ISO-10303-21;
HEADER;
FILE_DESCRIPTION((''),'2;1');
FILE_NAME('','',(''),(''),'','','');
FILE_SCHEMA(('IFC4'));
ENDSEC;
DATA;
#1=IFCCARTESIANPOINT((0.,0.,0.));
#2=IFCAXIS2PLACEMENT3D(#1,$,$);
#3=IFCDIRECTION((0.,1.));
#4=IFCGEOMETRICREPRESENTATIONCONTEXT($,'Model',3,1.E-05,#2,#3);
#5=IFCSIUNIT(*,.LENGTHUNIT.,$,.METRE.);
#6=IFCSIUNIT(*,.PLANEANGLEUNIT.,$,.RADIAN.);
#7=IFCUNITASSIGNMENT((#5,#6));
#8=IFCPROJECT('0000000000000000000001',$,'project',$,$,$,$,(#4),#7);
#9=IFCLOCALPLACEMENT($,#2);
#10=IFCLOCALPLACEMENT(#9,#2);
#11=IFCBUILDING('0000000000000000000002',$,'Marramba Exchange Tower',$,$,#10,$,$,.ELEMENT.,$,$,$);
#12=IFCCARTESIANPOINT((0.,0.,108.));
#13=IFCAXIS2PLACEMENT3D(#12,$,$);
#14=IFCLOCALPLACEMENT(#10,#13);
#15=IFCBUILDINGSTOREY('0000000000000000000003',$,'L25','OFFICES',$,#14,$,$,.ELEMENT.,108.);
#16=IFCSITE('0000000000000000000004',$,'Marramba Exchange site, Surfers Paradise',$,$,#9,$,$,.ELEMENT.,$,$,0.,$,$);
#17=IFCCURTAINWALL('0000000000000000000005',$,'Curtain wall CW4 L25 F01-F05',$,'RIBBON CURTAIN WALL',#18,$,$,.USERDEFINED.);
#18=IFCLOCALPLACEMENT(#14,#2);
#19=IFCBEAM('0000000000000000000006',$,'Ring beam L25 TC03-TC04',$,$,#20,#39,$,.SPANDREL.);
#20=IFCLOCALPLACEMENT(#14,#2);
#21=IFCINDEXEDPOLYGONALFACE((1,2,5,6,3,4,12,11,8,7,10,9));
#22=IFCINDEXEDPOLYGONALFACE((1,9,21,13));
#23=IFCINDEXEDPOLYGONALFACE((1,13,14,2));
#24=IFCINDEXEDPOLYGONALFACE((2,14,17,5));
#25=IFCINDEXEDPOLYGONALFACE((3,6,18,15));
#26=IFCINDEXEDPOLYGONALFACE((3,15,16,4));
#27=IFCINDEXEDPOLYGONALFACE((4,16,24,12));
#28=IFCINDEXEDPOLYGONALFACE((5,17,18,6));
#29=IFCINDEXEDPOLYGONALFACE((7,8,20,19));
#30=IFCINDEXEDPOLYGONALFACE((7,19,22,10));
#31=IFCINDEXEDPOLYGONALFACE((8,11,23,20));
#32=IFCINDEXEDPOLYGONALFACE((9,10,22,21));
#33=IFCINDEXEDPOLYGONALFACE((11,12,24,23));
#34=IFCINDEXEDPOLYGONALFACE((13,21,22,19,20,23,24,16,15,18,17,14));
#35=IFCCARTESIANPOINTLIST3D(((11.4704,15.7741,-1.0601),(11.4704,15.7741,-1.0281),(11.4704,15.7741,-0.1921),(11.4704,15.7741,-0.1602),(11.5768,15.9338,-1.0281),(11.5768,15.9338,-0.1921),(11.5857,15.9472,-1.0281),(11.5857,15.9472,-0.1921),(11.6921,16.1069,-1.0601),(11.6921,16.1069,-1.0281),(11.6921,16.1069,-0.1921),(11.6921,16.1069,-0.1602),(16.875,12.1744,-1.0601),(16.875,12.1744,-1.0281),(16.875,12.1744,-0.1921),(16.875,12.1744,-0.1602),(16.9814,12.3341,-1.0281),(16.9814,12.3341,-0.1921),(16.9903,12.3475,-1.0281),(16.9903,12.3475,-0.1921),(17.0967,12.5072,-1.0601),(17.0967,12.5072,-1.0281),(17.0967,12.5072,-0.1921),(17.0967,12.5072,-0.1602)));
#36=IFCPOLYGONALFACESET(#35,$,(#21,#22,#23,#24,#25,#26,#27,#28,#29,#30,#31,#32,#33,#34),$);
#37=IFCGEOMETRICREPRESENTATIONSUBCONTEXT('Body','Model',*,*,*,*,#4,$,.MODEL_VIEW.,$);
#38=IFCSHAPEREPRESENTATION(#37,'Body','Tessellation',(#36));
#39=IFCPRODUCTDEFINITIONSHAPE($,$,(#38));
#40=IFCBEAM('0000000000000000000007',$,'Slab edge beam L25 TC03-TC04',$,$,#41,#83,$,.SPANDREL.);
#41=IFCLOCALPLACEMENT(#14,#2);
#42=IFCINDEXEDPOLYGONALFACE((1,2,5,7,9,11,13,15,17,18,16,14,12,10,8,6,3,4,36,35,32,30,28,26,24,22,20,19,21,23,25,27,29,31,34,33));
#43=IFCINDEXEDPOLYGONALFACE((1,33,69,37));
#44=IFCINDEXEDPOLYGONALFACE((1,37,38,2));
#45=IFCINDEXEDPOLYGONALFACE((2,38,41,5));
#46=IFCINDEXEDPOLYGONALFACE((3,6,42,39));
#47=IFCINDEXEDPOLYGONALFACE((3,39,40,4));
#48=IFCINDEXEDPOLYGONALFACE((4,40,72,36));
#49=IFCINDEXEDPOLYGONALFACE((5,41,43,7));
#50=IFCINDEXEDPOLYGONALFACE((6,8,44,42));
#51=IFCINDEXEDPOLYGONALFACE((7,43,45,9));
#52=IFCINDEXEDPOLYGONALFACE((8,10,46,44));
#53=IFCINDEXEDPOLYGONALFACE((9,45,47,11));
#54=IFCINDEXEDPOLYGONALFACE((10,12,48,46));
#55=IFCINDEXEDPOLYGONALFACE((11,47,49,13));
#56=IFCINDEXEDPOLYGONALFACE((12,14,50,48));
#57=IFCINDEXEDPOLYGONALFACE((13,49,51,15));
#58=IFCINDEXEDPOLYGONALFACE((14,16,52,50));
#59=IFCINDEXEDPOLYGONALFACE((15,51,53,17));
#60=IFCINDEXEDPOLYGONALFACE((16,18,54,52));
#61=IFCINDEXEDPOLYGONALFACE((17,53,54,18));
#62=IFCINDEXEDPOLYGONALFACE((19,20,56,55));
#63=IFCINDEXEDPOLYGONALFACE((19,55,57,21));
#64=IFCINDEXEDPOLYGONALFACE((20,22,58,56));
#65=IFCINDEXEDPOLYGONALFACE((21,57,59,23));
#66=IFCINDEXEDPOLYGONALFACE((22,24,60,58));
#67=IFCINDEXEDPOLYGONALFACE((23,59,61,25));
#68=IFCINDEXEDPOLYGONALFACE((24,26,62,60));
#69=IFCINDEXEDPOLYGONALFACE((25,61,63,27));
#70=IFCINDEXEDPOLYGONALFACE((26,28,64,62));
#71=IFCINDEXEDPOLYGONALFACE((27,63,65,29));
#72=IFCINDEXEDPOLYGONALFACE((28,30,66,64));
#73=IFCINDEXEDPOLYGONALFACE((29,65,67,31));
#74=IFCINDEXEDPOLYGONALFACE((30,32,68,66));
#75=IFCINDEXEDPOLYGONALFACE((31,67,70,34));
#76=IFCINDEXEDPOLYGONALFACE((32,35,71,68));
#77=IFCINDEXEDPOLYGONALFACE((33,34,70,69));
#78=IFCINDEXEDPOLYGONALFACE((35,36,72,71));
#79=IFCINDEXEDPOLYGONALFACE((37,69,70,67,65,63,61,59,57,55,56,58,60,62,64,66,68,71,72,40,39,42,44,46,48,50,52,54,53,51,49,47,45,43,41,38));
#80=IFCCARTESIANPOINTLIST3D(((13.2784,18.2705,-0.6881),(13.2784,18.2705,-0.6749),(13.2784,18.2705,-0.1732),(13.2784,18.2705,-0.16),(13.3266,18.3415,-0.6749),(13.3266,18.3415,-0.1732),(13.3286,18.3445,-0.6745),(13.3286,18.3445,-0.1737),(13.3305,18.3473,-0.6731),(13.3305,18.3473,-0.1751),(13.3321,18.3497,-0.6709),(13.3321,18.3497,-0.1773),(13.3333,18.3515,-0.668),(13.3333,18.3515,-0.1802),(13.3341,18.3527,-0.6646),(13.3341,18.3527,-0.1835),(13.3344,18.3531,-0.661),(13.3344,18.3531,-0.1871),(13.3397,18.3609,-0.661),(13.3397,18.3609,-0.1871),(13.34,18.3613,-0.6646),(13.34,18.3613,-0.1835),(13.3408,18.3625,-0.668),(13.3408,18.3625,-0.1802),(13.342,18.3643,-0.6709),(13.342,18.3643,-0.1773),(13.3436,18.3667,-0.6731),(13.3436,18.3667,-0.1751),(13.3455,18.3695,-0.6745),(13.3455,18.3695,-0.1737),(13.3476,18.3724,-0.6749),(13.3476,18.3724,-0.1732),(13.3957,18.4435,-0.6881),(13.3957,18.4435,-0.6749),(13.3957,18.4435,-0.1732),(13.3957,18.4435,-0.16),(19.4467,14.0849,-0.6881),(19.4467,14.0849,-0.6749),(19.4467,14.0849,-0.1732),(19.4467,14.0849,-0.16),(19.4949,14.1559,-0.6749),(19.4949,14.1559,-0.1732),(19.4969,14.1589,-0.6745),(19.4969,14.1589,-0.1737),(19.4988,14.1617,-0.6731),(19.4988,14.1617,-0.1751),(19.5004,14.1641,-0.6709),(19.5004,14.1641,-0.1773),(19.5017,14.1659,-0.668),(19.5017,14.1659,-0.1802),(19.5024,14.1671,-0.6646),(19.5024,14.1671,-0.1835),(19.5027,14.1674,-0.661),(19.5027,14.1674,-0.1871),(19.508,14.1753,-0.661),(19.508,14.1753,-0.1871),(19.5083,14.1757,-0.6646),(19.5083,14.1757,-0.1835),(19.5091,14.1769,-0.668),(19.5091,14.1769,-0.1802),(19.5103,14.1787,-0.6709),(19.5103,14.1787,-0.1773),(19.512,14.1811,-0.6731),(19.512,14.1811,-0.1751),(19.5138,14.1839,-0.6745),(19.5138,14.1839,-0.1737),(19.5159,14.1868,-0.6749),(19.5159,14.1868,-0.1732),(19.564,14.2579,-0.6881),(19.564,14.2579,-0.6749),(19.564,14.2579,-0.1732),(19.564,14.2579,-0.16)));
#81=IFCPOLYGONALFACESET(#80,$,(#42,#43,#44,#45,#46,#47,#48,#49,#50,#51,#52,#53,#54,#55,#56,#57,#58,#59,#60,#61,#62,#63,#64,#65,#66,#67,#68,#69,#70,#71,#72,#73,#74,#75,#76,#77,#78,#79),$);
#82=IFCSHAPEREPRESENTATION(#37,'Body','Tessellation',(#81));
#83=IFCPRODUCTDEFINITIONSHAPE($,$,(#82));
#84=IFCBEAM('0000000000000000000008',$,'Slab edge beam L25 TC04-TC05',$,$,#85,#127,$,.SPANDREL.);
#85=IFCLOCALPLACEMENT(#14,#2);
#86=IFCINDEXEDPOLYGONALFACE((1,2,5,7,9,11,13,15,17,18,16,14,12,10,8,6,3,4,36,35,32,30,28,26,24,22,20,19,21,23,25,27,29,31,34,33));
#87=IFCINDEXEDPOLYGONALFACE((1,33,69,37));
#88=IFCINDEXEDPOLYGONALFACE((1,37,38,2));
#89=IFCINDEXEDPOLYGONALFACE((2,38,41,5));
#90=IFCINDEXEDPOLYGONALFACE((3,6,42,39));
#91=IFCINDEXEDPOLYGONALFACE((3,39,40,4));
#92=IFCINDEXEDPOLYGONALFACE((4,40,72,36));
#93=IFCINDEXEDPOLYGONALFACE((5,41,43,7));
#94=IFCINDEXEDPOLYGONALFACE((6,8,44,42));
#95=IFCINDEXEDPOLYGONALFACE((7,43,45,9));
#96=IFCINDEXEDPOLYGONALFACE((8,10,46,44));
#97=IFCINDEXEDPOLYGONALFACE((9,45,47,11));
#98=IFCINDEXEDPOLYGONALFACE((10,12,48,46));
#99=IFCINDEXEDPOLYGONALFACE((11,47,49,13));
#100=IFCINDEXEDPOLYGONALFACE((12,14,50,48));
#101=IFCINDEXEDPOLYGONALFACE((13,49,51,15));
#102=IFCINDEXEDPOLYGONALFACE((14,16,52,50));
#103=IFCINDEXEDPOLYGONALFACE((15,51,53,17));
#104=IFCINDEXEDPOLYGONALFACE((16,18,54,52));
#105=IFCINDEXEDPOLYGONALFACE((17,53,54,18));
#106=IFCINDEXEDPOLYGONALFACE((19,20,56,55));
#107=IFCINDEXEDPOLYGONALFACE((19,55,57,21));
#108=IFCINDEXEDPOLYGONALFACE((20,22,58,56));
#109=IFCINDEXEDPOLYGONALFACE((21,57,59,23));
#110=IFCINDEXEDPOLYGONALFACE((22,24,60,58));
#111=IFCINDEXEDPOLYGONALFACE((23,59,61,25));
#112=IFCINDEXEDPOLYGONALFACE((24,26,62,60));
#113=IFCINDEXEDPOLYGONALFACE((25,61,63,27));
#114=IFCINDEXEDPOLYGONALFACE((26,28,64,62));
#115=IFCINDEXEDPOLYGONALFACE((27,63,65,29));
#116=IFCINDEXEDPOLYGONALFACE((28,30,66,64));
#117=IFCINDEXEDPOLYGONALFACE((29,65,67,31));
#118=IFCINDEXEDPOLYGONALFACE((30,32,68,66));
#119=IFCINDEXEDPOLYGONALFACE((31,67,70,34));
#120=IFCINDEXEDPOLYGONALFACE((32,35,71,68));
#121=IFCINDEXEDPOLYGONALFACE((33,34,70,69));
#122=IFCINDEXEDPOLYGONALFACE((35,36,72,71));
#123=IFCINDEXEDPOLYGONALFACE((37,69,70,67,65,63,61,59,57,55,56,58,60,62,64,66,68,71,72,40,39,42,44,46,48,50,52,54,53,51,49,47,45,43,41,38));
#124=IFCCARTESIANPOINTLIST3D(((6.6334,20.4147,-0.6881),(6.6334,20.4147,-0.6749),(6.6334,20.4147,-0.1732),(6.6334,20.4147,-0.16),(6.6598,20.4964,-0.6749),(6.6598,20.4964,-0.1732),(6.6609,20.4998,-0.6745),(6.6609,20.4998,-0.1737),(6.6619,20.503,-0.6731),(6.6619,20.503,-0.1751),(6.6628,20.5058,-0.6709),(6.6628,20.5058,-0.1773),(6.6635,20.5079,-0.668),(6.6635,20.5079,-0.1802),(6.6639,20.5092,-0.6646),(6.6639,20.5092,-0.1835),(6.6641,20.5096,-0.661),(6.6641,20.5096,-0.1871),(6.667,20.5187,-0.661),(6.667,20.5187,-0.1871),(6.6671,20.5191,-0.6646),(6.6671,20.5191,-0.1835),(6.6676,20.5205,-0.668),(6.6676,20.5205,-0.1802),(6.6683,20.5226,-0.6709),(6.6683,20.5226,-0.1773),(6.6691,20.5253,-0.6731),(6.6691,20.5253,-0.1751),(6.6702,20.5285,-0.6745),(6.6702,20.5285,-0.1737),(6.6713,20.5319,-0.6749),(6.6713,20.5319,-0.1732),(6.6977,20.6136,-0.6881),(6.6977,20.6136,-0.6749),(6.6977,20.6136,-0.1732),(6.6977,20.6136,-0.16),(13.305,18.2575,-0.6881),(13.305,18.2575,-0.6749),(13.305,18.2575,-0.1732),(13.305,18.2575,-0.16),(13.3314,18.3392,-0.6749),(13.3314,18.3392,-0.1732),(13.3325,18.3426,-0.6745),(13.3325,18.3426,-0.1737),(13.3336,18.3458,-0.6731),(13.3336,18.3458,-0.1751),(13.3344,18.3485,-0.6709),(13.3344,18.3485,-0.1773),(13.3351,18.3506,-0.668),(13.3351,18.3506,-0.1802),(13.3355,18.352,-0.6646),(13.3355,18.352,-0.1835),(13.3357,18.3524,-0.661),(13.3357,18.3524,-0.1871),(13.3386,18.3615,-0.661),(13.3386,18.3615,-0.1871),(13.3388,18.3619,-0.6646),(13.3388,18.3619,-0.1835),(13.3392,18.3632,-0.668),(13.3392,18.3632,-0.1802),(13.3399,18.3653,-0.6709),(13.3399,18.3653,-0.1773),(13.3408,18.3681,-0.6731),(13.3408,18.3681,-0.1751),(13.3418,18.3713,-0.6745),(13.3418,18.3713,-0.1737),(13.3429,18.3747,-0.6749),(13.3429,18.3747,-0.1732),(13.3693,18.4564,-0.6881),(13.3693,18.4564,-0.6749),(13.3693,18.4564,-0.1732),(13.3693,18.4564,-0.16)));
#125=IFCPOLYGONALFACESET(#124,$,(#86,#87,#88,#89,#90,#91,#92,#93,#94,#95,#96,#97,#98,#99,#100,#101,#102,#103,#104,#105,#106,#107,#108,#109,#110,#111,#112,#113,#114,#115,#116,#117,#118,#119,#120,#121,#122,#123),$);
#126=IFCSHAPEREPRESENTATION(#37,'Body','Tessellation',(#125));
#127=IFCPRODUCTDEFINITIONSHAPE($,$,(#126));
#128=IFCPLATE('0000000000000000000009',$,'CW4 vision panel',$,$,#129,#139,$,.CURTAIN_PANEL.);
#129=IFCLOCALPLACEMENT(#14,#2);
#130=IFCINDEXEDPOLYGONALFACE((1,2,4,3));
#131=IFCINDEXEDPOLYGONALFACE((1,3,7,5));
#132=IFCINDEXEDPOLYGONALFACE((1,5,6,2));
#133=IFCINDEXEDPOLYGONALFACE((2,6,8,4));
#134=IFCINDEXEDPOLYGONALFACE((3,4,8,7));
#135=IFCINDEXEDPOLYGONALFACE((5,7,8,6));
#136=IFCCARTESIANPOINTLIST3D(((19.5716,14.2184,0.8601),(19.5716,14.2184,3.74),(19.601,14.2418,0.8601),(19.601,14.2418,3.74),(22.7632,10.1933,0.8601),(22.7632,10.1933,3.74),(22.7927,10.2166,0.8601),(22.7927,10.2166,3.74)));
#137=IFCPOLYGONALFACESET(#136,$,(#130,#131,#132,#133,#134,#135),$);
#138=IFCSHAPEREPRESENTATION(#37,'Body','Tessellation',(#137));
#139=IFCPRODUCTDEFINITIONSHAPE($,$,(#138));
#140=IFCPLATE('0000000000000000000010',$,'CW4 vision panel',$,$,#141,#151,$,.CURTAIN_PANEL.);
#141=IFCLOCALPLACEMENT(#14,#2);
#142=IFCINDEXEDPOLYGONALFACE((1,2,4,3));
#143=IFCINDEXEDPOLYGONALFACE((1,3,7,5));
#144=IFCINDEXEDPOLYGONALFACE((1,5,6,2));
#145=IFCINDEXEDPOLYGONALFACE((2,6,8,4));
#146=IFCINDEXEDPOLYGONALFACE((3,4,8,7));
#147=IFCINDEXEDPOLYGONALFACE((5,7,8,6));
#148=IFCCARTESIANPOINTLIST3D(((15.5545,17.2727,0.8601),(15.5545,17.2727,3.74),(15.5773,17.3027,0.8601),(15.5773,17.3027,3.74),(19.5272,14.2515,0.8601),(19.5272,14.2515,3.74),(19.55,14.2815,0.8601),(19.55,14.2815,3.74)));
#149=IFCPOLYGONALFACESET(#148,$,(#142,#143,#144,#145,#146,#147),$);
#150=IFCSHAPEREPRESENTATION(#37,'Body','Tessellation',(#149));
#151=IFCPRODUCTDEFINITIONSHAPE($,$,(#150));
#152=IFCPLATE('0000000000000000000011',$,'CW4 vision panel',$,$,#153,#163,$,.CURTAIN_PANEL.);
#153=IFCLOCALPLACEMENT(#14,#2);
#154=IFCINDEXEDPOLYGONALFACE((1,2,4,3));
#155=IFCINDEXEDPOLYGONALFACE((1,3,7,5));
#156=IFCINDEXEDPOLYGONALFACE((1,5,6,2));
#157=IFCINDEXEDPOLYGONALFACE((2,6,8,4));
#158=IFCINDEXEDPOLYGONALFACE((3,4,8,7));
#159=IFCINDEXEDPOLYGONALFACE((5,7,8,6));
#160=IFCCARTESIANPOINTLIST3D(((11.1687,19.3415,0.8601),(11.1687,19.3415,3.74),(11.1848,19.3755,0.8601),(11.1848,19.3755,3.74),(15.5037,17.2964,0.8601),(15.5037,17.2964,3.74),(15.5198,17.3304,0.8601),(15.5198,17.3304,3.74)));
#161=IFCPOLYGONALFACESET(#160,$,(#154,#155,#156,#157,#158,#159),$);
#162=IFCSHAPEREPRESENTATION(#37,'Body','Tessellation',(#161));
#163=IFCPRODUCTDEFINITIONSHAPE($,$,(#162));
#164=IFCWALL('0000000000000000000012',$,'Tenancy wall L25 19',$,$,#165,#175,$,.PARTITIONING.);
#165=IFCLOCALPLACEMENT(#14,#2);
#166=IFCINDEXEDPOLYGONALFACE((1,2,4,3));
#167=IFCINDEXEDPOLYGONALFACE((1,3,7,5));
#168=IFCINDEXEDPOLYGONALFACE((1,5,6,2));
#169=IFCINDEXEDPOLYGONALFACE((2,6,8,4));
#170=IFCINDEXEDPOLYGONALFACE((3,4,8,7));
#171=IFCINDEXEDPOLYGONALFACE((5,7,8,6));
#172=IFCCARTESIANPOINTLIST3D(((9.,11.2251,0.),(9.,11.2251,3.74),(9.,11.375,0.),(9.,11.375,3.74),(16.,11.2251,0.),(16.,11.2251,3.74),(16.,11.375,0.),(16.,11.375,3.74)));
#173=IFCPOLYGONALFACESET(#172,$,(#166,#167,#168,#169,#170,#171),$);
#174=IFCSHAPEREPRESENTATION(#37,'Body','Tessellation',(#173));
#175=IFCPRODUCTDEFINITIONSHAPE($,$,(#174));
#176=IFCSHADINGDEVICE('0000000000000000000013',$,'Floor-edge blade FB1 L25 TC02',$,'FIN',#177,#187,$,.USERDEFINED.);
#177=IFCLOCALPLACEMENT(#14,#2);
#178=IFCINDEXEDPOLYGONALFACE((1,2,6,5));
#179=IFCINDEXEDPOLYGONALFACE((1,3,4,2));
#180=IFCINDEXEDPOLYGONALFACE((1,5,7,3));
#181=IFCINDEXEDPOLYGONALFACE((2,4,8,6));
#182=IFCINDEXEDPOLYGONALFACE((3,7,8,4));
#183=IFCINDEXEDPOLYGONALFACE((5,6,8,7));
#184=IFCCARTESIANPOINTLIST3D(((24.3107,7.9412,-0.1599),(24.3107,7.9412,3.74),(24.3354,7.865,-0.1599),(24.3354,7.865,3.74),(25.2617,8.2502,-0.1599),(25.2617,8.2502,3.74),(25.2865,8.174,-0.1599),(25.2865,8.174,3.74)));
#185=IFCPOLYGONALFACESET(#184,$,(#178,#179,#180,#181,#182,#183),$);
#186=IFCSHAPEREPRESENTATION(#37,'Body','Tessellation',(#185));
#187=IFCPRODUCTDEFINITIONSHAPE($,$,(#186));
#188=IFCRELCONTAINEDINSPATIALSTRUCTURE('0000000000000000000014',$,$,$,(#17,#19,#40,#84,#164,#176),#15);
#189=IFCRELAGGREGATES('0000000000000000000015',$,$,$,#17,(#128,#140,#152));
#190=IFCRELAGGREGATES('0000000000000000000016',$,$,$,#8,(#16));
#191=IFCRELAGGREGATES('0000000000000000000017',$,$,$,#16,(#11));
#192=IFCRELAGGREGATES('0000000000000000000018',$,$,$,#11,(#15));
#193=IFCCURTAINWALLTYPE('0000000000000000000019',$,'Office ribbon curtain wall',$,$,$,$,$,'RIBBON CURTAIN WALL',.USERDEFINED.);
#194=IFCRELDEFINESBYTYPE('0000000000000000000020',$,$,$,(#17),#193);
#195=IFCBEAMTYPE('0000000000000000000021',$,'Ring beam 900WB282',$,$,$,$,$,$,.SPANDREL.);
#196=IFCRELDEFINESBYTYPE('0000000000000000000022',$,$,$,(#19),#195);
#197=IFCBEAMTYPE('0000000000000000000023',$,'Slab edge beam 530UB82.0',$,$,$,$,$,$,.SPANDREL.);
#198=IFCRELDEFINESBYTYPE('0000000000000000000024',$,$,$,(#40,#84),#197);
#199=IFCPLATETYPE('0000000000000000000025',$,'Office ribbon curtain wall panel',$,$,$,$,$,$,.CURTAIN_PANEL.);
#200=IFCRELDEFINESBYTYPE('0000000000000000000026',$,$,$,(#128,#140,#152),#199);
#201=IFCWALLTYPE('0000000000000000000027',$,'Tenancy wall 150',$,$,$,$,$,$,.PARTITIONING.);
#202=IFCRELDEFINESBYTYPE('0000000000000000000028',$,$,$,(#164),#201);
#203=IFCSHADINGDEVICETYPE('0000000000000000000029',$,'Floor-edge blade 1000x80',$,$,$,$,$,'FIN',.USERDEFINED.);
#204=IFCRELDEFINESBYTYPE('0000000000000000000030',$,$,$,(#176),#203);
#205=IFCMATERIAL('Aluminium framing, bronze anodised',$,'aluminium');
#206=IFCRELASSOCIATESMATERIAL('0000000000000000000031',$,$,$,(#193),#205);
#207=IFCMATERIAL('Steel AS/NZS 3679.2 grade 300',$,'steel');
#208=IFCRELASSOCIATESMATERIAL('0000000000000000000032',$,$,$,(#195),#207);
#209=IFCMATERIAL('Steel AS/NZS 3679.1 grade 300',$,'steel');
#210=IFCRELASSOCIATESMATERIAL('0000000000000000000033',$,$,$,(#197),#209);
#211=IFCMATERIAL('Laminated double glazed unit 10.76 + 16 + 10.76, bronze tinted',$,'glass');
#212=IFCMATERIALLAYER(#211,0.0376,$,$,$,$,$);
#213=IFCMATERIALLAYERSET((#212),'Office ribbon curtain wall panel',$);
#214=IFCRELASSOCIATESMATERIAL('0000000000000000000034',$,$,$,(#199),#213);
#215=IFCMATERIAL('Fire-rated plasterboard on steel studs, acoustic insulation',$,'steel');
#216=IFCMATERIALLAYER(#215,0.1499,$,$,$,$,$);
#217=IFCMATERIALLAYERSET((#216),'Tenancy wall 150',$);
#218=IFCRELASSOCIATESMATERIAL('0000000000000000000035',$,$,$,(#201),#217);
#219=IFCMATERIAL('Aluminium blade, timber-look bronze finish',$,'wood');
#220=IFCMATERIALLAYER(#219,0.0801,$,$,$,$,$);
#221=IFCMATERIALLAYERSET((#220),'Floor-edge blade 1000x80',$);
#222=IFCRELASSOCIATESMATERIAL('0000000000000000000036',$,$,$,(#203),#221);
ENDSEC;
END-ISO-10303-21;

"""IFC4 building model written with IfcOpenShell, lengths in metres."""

from ifc_helpers import new_model, si_unit, direction, frame, frame_2d, origin, origin_2d, place, context, subcontext, project, spatial, rectangle, i_section, extrude, material, layer, layer_set, material_profile, profile_set, type_object, element, aggregate, save


model = new_model("IFC4")

# Units and contexts
model_context = context("Model", 3, precision=1e-05, world=origin(), true_north=direction((0.0, 1.0)))
body_context = subcontext(model_context, "Body", "Model", "MODEL_VIEW")
ifc_project = project(units=[si_unit("LENGTHUNIT", "METRE"), si_unit("PLANEANGLEUNIT", "RADIAN")], contexts=[model_context])

# Site, building, storey
site_placement = place(None, origin())
site = spatial("IfcSite", under=ifc_project, at=site_placement, Name="Marramba Exchange site, Surfers Paradise", CompositionType="ELEMENT", RefElevation=0.0)
building_placement = place(site_placement, origin())
building = spatial("IfcBuilding", under=site, at=building_placement, Name="Marramba Exchange Tower", CompositionType="ELEMENT")
storey_placement = place(building_placement, frame((0.0, 0.0, 108.0)))
storey = spatial("IfcBuildingStorey", under=building, at=storey_placement, Name="L25", Description="OFFICES", CompositionType="ELEMENT", Elevation=108.0)

# Shared definitions
ifc_material_1 = material(Name="Steel AS/NZS 3679.2 grade 300", Category="steel")
ifc_material_2 = material(Name="Steel AS/NZS 3679.1 grade 300", Category="steel")

# Curtain wall
ifc_material_3 = material(Name="Aluminium framing, bronze anodised", Category="aluminium")
curtain_wall_type = type_object("IfcCurtainWallType", Name="Office ribbon curtain wall", ElementType="RIBBON CURTAIN WALL", PredefinedType="USERDEFINED", material=ifc_material_3)
curtain_wall_placement = place(storey_placement, origin())
curtain_wall = element("IfcCurtainWall", 1, at=curtain_wall_placement, inside=storey, type_object=curtain_wall_type, Name="Curtain wall CW4 L25 F01-F05", ObjectType="RIBBON CURTAIN WALL", PredefinedType="USERDEFINED")

# Beams
ifc_material_profile_1 = material_profile(ifc_material_1, i_section(OverallWidth=0.3999, OverallDepth=0.8999, WebThickness=0.0161, FlangeThickness=0.032, at=origin_2d()), Name="900WB282")
ifc_profile_set_1 = profile_set([ifc_material_profile_1], Name="Steel AS/NZS 3679.2 grade 300")
beam_type_1 = type_object("IfcBeamType", Name="Ring beam 900WB282", PredefinedType="SPANDREL", material=ifc_profile_set_1)
beam_1_placement = place(storey_placement, frame((16.9858, 12.3408, -0.6101), z_axis=(-0.832293, 0.554336, 0.0), x_axis=(-0.554336, -0.832293, 0.0)))
element("IfcBeam", 2, at=beam_1_placement, inside=storey, type_object=beam_type_1, Name="Ring beam L25 TC03-TC04", PredefinedType="SPANDREL", context=body_context, shape_type="SweptSolid", body=[
    extrude(i_section(OverallWidth=0.3999, OverallDepth=0.8999, WebThickness=0.0161, FlangeThickness=0.032, at=origin_2d()), origin(), (0.0, 0.0, 1.0), 6.4937),
])
ifc_material_profile_2 = material_profile(ifc_material_2, i_section(OverallWidth=0.209, OverallDepth=0.5281, WebThickness=0.0095, FlangeThickness=0.0132, FilletRadius=0.0139, at=origin_2d()), Name="530UB82.0")
ifc_profile_set_2 = profile_set([ifc_material_profile_2], Name="Steel AS/NZS 3679.1 grade 300")
beam_type_2 = type_object("IfcBeamType", Name="Slab edge beam 530UB82.0", PredefinedType="SPANDREL", material=ifc_profile_set_2)
beam_2_placement = place(storey_placement, frame((19.5054, 14.1714, -0.4241), z_axis=(-0.827477, 0.561499, 0.0), x_axis=(-0.561499, -0.827477, 0.0)))
element("IfcBeam", 3, at=beam_2_placement, inside=storey, type_object=beam_type_2, Name="Slab edge beam L25 TC03-TC04", PredefinedType="SPANDREL", context=body_context, shape_type="SweptSolid", body=[
    extrude(i_section(OverallWidth=0.209, OverallDepth=0.5281, WebThickness=0.0095, FlangeThickness=0.0132, FilletRadius=0.0139, at=origin_2d()), origin(), (0.0, 0.0, 1.0), 7.4543),
])
beam_3_placement = place(storey_placement, frame((13.3372, 18.3569, -0.4241), z_axis=(-0.951496, 0.30766, 0.0), x_axis=(-0.30766, -0.951496, 0.0)))
element("IfcBeam", 4, at=beam_3_placement, inside=storey, type_object=beam_type_2, Name="Slab edge beam L25 TC04-TC05", PredefinedType="SPANDREL", context=body_context, shape_type="SweptSolid", body=[
    extrude(i_section(OverallWidth=0.209, OverallDepth=0.5281, WebThickness=0.0095, FlangeThickness=0.0132, FilletRadius=0.0139, at=origin_2d()), origin(), (0.0, 0.0, 1.0), 7.0117),
])

# Plates
ifc_material_4 = material(Name="Laminated double glazed unit 10.76 + 16 + 10.76, bronze tinted", Category="glass")
ifc_layer_1 = layer(ifc_material_4, 0.0376)
ifc_layer_set_1 = layer_set([ifc_layer_1], Name="Office ribbon curtain wall panel")
plate_type = type_object("IfcPlateType", Name="Office ribbon curtain wall panel", PredefinedType="CURTAIN_PANEL", material=ifc_layer_set_1)
plate_1_placement = place(storey_placement, frame((21.1821, 12.2175, 0.8601), z_axis=(0.0, 0.0, 1.0), x_axis=(-0.621312, 0.783563, 0.0)))
plate_1 = element("IfcPlate", 5, at=plate_1_placement, type_object=plate_type, Name="CW4 vision panel", PredefinedType="CURTAIN_PANEL", context=body_context, shape_type="SweptSolid", body=[
    extrude(rectangle(XDim=5.137, YDim=0.0376, at=origin_2d()), origin(), (0.0, 0.0, 1.0), 2.8799),
])
plate_2_placement = place(storey_placement, frame((17.5522, 15.7771, 0.8601), z_axis=(0.0, 0.0, 1.0), x_axis=(-0.795972, 0.605334, 0.0)))
plate_2 = element("IfcPlate", 6, at=plate_2_placement, type_object=plate_type, Name="CW4 vision panel", PredefinedType="CURTAIN_PANEL", context=body_context, shape_type="SweptSolid", body=[
    extrude(rectangle(XDim=4.991, YDim=0.0376, at=origin_2d()), origin(), (0.0, 0.0, 1.0), 2.8799),
])
plate_3_placement = place(storey_placement, frame((13.3442, 18.3359, 0.8601), z_axis=(0.0, 0.0, 1.0), x_axis=(-0.904403, 0.426679, 0.0)))
plate_3 = element("IfcPlate", 7, at=plate_3_placement, type_object=plate_type, Name="CW4 vision panel", PredefinedType="CURTAIN_PANEL", context=body_context, shape_type="SweptSolid", body=[
    extrude(rectangle(XDim=4.7932, YDim=0.0376, at=origin_2d()), origin(), (0.0, 0.0, 1.0), 2.8799),
])
aggregate(curtain_wall, [plate_1, plate_2, plate_3])

# Wall
ifc_material_5 = material(Name="Fire-rated plasterboard on steel studs, acoustic insulation", Category="steel")
ifc_layer_2 = layer(ifc_material_5, 0.1499)
ifc_layer_set_2 = layer_set([ifc_layer_2], Name="Tenancy wall 150")
wall_type = type_object("IfcWallType", Name="Tenancy wall 150", PredefinedType="PARTITIONING", material=ifc_layer_set_2)
wall_placement = place(storey_placement, frame((16.0, 11.3, 0.0), z_axis=(0.0, 0.0, 1.0), x_axis=(-1.0, 0.0, 0.0)))
element("IfcWall", 8, at=wall_placement, inside=storey, type_object=wall_type, Name="Tenancy wall L25 19", PredefinedType="PARTITIONING", context=body_context, shape_type="SweptSolid", body=[
    extrude(rectangle(XDim=7.0, YDim=0.1499, at=frame_2d((3.5, 0.0))), origin(), (0.0, 0.0, 1.0), 3.74),
])

# Shading device
ifc_material_6 = material(Name="Aluminium blade, timber-look bronze finish", Category="wood")
ifc_layer_3 = layer(ifc_material_6, 0.0801)
ifc_layer_set_3 = layer_set([ifc_layer_3], Name="Floor-edge blade 1000x80")
shading_device_type_1 = type_object("IfcShadingDeviceType", Name="Floor-edge blade 1000x80", ElementType="FIN", PredefinedType="USERDEFINED", material=ifc_layer_set_3)
for number, where, z_axis, x_axis, name in (
    (9, (24.7986, 8.0576, -0.1599), (0.0, 0.0, 1.0), (0.951057, 0.309017, 0.0), "Floor-edge blade FB1 L25 TC02"),
):
    element("IfcShadingDevice", number, at=place(storey_placement, frame(where, z_axis=z_axis, x_axis=x_axis)), inside=storey, type_object=shading_device_type_1, Name=name, ObjectType="FIN", PredefinedType="USERDEFINED", context=body_context, shape_type="SweptSolid", body=[
        extrude(rectangle(XDim=1.0, YDim=0.0801, at=origin_2d()), origin(), (0.0, 0.0, 1.0), 3.8999),
    ])

save(model, "model.ifc")
